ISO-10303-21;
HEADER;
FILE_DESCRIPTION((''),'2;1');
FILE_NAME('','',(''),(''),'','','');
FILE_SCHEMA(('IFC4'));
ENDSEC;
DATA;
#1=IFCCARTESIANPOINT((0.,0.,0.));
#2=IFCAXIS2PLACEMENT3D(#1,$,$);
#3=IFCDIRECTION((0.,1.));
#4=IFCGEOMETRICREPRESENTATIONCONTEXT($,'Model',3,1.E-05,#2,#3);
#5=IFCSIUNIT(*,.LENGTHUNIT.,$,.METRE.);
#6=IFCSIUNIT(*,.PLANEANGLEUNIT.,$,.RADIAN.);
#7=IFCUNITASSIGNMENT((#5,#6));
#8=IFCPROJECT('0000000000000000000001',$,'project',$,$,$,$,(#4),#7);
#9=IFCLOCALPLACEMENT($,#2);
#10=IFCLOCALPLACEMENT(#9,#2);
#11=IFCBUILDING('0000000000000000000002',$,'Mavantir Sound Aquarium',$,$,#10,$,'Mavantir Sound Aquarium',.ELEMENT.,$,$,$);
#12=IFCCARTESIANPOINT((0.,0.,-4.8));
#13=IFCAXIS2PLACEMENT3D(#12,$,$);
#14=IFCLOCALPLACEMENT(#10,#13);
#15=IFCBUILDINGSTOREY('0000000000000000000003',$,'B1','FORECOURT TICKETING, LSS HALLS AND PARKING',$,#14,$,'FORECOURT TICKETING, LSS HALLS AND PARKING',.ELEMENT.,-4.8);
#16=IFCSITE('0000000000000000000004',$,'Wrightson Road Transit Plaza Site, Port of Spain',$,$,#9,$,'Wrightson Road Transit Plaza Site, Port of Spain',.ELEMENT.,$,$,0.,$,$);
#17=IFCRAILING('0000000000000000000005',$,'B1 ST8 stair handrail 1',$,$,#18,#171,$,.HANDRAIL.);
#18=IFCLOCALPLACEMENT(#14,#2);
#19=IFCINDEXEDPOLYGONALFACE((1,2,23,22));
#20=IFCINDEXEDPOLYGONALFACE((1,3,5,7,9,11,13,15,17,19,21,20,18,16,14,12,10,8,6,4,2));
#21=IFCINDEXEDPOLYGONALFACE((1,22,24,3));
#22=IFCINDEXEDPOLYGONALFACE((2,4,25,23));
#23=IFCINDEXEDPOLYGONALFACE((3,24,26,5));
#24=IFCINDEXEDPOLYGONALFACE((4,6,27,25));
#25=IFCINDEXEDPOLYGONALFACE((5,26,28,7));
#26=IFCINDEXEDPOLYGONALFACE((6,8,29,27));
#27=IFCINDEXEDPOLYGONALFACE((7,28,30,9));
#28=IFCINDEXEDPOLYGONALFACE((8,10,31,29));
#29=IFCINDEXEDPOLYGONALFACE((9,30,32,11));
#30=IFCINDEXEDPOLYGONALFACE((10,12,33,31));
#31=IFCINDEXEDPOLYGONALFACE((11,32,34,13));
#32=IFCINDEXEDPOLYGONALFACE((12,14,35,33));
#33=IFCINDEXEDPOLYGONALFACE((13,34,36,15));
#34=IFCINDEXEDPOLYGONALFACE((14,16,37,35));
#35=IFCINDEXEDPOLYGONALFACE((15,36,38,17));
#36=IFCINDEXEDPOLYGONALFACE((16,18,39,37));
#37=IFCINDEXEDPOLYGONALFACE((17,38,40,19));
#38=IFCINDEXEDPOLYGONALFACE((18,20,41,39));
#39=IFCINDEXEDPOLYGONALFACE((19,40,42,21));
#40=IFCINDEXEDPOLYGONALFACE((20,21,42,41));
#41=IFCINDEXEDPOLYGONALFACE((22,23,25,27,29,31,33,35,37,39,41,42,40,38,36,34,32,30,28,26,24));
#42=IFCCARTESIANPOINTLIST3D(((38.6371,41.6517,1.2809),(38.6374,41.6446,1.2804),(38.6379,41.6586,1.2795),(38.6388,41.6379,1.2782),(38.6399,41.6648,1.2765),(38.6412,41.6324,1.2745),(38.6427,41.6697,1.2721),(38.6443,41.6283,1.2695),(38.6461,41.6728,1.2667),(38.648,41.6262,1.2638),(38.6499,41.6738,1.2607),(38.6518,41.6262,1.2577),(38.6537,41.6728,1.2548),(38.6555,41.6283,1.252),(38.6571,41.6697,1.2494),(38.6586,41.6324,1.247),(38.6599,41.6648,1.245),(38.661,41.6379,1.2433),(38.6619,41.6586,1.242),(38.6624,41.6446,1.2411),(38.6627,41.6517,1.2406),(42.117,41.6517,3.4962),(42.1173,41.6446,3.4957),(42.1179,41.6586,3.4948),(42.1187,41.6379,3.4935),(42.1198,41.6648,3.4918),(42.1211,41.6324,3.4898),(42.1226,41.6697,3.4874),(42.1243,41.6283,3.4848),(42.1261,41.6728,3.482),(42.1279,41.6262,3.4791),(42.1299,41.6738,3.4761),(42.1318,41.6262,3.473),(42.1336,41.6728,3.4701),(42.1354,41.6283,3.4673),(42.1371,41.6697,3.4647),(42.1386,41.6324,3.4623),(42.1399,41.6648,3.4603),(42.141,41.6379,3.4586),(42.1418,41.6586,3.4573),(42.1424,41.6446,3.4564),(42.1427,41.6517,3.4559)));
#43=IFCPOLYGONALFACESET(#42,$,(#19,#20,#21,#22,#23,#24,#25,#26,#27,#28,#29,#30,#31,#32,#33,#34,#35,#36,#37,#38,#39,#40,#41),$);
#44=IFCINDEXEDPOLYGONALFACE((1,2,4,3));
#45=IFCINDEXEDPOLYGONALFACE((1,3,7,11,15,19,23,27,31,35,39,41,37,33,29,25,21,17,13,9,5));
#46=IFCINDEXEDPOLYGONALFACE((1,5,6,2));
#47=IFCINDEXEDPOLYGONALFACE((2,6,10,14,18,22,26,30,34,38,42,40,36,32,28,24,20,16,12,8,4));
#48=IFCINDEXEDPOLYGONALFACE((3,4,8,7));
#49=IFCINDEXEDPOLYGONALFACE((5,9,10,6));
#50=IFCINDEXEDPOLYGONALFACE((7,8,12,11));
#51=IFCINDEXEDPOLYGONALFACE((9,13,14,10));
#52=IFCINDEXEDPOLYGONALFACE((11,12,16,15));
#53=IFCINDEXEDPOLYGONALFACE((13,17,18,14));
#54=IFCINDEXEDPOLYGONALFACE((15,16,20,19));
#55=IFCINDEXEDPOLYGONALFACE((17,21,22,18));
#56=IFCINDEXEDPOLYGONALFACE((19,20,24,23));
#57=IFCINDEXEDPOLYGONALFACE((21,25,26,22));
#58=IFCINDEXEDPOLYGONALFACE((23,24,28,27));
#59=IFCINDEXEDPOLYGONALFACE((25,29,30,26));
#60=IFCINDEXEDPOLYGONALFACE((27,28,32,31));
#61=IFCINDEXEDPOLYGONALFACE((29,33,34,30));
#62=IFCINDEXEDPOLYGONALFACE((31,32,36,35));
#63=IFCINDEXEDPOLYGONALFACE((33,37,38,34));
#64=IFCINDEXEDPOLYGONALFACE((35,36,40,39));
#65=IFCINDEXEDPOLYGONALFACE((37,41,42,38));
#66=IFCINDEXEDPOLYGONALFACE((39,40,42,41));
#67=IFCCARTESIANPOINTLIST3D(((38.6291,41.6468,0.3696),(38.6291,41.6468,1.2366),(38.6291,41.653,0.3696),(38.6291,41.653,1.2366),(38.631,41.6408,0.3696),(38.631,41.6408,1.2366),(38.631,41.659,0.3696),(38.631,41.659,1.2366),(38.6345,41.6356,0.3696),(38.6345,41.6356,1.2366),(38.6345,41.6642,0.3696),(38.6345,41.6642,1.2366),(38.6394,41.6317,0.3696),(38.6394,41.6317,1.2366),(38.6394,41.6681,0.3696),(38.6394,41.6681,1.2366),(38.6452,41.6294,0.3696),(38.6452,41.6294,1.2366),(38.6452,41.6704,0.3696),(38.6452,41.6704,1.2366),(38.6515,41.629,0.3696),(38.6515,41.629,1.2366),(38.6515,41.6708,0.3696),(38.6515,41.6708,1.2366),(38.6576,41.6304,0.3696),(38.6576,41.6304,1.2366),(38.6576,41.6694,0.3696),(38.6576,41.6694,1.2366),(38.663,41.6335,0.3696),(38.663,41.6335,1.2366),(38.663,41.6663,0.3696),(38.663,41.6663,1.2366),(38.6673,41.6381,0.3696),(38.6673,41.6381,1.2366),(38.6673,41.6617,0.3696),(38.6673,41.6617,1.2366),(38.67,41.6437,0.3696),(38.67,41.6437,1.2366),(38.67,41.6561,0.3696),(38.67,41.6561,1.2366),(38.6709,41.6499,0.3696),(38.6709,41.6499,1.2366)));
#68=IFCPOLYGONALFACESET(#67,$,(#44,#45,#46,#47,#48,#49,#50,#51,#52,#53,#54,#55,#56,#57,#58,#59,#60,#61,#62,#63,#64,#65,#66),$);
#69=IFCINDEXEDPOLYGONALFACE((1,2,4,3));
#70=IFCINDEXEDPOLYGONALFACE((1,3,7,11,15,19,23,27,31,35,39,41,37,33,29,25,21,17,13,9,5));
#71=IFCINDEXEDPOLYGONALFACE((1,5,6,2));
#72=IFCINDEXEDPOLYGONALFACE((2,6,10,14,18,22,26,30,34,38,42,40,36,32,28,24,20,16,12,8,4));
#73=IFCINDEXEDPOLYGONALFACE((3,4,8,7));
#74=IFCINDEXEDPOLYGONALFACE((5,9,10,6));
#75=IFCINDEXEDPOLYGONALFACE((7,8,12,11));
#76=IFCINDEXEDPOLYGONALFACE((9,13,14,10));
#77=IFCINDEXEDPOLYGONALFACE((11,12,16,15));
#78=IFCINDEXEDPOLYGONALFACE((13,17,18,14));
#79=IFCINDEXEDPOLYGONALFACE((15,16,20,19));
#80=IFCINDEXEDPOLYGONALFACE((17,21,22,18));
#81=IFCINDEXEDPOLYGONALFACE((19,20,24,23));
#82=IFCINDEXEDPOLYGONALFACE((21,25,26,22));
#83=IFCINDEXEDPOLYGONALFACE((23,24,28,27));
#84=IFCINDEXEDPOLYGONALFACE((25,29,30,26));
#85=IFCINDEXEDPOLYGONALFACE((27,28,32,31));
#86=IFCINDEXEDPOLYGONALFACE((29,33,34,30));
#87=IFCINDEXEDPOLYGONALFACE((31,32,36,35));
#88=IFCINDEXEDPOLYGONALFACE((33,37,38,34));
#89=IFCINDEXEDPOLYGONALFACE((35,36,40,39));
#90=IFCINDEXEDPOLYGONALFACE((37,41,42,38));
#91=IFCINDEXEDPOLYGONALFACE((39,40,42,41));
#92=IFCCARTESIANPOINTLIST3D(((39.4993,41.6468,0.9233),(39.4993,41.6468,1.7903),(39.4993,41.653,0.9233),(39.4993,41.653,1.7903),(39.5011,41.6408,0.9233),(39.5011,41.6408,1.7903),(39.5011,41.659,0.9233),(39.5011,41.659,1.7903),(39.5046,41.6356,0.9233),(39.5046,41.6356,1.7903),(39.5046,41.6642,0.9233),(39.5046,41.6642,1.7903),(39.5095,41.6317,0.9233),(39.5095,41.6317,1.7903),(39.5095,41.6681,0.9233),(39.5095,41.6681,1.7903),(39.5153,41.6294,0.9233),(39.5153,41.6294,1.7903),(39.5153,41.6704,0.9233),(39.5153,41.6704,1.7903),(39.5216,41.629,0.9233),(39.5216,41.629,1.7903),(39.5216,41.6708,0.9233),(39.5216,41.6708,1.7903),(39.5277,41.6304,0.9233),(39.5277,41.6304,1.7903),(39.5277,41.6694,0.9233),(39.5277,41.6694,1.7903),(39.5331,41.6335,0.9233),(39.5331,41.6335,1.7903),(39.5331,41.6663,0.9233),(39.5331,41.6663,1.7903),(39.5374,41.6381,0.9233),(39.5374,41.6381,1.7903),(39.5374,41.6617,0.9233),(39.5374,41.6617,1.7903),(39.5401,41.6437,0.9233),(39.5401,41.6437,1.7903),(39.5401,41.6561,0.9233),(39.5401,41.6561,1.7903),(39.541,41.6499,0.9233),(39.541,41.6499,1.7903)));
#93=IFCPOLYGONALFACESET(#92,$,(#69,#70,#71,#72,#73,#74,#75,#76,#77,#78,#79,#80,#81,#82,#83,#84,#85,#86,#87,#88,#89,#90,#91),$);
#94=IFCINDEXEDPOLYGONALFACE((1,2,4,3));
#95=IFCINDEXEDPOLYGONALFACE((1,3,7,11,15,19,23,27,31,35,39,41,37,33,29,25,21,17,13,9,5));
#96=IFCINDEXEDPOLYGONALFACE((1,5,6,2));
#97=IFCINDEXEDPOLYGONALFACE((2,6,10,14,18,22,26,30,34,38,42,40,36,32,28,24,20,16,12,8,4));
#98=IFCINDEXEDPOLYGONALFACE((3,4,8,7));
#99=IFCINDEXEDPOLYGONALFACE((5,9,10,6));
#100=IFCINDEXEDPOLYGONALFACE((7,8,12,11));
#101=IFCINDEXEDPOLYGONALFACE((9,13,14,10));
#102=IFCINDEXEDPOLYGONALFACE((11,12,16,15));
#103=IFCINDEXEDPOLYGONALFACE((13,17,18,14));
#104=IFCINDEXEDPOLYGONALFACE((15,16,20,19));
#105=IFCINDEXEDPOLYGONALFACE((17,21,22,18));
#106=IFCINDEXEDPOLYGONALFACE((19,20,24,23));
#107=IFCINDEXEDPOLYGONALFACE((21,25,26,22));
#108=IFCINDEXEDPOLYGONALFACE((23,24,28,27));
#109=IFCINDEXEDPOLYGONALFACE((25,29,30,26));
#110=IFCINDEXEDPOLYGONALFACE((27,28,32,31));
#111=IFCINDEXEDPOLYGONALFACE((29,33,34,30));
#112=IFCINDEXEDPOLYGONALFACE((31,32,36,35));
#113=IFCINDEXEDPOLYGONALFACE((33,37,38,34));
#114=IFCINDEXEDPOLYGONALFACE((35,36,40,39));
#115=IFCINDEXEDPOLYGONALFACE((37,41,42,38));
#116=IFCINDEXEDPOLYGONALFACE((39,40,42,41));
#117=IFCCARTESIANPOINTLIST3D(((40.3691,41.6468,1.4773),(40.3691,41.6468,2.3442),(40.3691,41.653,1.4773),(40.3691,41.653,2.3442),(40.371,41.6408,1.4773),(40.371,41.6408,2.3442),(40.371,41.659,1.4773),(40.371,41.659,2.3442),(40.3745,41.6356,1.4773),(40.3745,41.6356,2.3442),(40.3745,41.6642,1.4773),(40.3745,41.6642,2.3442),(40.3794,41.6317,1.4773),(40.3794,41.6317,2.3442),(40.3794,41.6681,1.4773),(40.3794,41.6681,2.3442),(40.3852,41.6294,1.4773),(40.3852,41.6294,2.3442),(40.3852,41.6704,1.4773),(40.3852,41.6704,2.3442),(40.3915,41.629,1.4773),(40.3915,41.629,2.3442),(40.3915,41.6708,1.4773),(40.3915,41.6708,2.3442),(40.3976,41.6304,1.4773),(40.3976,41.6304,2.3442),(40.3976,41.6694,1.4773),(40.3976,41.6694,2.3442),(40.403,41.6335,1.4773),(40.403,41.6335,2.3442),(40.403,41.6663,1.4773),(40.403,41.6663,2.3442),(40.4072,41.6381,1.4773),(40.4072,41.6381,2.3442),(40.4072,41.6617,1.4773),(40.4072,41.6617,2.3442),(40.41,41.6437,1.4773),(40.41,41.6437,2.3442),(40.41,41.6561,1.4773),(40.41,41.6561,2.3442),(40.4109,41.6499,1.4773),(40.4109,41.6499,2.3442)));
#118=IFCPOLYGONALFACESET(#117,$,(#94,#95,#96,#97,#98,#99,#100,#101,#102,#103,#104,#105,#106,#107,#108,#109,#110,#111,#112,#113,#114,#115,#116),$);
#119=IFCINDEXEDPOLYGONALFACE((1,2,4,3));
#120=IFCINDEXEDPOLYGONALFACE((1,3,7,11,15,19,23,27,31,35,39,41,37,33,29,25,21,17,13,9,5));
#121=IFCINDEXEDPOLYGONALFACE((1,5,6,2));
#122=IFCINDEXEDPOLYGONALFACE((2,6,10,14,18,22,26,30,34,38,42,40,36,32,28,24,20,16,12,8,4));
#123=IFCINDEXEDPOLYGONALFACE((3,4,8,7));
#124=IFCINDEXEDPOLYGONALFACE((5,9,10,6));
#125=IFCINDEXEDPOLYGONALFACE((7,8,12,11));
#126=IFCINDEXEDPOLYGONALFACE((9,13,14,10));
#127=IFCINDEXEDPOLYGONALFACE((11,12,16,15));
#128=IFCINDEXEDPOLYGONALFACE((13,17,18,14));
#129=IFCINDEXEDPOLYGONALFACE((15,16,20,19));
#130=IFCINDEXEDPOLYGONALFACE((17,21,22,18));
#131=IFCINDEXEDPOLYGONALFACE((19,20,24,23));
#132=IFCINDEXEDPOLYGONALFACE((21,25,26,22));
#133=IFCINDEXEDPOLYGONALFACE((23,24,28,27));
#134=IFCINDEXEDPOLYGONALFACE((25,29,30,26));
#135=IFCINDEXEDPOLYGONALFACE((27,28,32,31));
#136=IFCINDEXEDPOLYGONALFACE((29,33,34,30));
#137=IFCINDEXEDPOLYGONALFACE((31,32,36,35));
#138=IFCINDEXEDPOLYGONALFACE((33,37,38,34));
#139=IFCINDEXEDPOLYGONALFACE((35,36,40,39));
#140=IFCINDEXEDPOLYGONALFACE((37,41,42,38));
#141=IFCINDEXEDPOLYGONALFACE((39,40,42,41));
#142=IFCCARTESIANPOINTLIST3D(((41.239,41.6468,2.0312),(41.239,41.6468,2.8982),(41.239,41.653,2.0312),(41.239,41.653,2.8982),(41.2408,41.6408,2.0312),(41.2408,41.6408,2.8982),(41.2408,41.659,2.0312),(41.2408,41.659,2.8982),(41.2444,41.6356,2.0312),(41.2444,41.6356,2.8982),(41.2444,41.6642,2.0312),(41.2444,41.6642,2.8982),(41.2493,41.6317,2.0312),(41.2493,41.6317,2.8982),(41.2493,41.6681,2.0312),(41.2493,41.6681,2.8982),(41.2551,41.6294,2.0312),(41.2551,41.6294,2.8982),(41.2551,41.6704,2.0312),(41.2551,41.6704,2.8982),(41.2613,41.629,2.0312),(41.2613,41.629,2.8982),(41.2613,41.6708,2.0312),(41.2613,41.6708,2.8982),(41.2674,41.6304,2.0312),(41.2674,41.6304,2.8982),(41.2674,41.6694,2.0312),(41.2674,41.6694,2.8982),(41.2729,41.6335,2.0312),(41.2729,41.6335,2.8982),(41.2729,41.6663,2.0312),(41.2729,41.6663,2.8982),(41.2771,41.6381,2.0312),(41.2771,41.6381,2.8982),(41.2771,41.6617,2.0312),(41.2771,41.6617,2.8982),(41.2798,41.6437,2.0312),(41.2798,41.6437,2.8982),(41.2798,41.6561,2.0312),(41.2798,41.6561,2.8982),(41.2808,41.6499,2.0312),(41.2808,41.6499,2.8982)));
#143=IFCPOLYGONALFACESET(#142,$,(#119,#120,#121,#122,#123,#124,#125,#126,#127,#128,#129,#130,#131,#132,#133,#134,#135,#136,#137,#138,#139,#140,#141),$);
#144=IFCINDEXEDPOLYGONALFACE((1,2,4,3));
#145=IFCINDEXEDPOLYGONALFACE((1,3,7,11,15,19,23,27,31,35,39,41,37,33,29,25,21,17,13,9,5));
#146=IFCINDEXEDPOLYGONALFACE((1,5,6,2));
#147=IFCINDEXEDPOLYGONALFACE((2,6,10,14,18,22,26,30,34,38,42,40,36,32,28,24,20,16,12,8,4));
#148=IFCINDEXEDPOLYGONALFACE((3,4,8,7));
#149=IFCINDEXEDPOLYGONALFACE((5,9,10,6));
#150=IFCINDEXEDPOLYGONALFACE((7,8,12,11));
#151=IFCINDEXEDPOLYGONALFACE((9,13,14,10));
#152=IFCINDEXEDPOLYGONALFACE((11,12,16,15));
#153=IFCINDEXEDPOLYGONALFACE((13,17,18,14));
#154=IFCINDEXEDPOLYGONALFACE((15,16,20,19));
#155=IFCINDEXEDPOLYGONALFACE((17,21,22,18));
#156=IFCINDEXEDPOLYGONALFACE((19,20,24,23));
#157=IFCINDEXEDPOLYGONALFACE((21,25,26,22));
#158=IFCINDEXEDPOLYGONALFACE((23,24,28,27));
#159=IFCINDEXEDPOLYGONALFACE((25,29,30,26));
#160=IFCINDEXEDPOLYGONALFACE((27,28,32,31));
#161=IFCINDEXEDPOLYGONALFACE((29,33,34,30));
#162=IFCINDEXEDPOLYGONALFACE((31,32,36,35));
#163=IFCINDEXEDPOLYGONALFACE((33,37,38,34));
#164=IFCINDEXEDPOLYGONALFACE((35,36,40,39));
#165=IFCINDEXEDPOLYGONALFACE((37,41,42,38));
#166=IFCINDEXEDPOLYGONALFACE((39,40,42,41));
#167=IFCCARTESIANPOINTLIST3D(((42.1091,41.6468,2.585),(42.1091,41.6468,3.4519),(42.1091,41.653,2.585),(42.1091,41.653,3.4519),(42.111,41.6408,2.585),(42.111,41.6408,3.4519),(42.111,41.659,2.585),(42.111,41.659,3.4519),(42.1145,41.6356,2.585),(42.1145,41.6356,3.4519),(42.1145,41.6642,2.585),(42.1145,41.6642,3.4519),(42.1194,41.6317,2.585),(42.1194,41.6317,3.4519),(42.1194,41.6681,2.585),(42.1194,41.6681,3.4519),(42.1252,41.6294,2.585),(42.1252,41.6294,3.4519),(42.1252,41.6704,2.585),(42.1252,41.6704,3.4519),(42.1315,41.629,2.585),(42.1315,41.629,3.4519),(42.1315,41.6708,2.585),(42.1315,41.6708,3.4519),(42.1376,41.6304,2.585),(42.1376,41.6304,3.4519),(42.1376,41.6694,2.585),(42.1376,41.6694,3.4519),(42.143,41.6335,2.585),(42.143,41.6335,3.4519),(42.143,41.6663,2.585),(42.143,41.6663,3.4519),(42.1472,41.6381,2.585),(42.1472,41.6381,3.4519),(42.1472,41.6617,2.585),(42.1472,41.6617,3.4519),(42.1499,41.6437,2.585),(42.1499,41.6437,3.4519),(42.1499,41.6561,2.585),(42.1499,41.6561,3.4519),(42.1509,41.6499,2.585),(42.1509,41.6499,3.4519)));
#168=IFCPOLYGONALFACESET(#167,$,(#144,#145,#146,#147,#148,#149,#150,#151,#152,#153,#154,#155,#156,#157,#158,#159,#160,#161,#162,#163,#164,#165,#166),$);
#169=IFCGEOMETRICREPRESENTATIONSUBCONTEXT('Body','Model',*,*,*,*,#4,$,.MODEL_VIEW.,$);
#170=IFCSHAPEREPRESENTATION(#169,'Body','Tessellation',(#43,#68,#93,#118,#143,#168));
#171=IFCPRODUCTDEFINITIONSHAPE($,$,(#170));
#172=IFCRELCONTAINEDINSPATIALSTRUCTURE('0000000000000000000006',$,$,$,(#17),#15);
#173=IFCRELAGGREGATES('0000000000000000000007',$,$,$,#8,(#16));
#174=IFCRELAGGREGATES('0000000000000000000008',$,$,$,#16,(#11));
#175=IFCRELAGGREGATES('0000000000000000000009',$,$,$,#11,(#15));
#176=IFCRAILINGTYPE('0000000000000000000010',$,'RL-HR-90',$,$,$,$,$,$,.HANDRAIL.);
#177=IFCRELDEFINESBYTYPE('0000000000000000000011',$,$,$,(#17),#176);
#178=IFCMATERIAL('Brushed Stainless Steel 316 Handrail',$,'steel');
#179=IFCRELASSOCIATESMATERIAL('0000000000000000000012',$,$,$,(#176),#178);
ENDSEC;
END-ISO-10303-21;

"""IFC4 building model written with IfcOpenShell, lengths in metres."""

from ifc_helpers import new_model, si_unit, direction, frame, origin, origin_2d, place, context, subcontext, project, spatial, circle, extrude, material, type_object, element, save


model = new_model("IFC4")

# Units and contexts
model_context = context("Model", 3, precision=1e-05, world=origin(), true_north=direction((0.0, 1.0)))
body_context = subcontext(model_context, "Body", "Model", "MODEL_VIEW")
ifc_project = project(units=[si_unit("LENGTHUNIT", "METRE"), si_unit("PLANEANGLEUNIT", "RADIAN")], contexts=[model_context])

# Site, building, storey
site_placement = place(None, origin())
site = spatial("IfcSite", under=ifc_project, at=site_placement, Name="Wrightson Road Transit Plaza Site, Port of Spain", LongName="Wrightson Road Transit Plaza Site, Port of Spain", CompositionType="ELEMENT", RefElevation=0.0)
building_placement = place(site_placement, origin())
building = spatial("IfcBuilding", under=site, at=building_placement, Name="Mavantir Sound Aquarium", LongName="Mavantir Sound Aquarium", CompositionType="ELEMENT")
storey_placement = place(building_placement, frame((0.0, 0.0, -4.8)))
storey = spatial("IfcBuildingStorey", under=building, at=storey_placement, Name="B1", Description="FORECOURT TICKETING, LSS HALLS AND PARKING", LongName="FORECOURT TICKETING, LSS HALLS AND PARKING", CompositionType="ELEMENT", Elevation=-4.8)

# Railing
ifc_material_1 = material(Name="Brushed Stainless Steel 316 Handrail", Category="steel")
railing_type_1 = type_object("IfcRailingType", Name="RL-HR-90", PredefinedType="HANDRAIL", material=ifc_material_1)
railing_1_placement = place(storey_placement, frame((38.6499, 41.6499, 0.3696)))
element("IfcRailing", 1, at=railing_1_placement, inside=storey, type_object=railing_type_1, Name="B1 ST8 stair handrail 1", PredefinedType="HANDRAIL", context=body_context, shape_type="SweptSolid", body=[
    extrude(circle(Radius=0.0239, at=origin_2d()), frame((0.0, 0.0, 0.8911), z_axis=(0.843574, 0.0, 0.537013), x_axis=(0.0, 1.0, 0.0)), (0.0, 0.0, 1.0), 4.1252),
    extrude(circle(Radius=0.021, at=origin_2d()), origin(), (0.0, 0.0, 1.0), 0.8669),
    extrude(circle(Radius=0.021, at=origin_2d()), frame((0.8701, 0.0, 0.5537)), (0.0, 0.0, 1.0), 0.8669),
    extrude(circle(Radius=0.021, at=origin_2d()), frame((1.74, 0.0, 1.1077)), (0.0, 0.0, 1.0), 0.8669),
    extrude(circle(Radius=0.021, at=origin_2d()), frame((2.6099, 0.0, 1.6616)), (0.0, 0.0, 1.0), 0.8669),
    extrude(circle(Radius=0.021, at=origin_2d()), frame((3.48, 0.0, 2.2153)), (0.0, 0.0, 1.0), 0.8669),
])

save(model, "model.ifc")
